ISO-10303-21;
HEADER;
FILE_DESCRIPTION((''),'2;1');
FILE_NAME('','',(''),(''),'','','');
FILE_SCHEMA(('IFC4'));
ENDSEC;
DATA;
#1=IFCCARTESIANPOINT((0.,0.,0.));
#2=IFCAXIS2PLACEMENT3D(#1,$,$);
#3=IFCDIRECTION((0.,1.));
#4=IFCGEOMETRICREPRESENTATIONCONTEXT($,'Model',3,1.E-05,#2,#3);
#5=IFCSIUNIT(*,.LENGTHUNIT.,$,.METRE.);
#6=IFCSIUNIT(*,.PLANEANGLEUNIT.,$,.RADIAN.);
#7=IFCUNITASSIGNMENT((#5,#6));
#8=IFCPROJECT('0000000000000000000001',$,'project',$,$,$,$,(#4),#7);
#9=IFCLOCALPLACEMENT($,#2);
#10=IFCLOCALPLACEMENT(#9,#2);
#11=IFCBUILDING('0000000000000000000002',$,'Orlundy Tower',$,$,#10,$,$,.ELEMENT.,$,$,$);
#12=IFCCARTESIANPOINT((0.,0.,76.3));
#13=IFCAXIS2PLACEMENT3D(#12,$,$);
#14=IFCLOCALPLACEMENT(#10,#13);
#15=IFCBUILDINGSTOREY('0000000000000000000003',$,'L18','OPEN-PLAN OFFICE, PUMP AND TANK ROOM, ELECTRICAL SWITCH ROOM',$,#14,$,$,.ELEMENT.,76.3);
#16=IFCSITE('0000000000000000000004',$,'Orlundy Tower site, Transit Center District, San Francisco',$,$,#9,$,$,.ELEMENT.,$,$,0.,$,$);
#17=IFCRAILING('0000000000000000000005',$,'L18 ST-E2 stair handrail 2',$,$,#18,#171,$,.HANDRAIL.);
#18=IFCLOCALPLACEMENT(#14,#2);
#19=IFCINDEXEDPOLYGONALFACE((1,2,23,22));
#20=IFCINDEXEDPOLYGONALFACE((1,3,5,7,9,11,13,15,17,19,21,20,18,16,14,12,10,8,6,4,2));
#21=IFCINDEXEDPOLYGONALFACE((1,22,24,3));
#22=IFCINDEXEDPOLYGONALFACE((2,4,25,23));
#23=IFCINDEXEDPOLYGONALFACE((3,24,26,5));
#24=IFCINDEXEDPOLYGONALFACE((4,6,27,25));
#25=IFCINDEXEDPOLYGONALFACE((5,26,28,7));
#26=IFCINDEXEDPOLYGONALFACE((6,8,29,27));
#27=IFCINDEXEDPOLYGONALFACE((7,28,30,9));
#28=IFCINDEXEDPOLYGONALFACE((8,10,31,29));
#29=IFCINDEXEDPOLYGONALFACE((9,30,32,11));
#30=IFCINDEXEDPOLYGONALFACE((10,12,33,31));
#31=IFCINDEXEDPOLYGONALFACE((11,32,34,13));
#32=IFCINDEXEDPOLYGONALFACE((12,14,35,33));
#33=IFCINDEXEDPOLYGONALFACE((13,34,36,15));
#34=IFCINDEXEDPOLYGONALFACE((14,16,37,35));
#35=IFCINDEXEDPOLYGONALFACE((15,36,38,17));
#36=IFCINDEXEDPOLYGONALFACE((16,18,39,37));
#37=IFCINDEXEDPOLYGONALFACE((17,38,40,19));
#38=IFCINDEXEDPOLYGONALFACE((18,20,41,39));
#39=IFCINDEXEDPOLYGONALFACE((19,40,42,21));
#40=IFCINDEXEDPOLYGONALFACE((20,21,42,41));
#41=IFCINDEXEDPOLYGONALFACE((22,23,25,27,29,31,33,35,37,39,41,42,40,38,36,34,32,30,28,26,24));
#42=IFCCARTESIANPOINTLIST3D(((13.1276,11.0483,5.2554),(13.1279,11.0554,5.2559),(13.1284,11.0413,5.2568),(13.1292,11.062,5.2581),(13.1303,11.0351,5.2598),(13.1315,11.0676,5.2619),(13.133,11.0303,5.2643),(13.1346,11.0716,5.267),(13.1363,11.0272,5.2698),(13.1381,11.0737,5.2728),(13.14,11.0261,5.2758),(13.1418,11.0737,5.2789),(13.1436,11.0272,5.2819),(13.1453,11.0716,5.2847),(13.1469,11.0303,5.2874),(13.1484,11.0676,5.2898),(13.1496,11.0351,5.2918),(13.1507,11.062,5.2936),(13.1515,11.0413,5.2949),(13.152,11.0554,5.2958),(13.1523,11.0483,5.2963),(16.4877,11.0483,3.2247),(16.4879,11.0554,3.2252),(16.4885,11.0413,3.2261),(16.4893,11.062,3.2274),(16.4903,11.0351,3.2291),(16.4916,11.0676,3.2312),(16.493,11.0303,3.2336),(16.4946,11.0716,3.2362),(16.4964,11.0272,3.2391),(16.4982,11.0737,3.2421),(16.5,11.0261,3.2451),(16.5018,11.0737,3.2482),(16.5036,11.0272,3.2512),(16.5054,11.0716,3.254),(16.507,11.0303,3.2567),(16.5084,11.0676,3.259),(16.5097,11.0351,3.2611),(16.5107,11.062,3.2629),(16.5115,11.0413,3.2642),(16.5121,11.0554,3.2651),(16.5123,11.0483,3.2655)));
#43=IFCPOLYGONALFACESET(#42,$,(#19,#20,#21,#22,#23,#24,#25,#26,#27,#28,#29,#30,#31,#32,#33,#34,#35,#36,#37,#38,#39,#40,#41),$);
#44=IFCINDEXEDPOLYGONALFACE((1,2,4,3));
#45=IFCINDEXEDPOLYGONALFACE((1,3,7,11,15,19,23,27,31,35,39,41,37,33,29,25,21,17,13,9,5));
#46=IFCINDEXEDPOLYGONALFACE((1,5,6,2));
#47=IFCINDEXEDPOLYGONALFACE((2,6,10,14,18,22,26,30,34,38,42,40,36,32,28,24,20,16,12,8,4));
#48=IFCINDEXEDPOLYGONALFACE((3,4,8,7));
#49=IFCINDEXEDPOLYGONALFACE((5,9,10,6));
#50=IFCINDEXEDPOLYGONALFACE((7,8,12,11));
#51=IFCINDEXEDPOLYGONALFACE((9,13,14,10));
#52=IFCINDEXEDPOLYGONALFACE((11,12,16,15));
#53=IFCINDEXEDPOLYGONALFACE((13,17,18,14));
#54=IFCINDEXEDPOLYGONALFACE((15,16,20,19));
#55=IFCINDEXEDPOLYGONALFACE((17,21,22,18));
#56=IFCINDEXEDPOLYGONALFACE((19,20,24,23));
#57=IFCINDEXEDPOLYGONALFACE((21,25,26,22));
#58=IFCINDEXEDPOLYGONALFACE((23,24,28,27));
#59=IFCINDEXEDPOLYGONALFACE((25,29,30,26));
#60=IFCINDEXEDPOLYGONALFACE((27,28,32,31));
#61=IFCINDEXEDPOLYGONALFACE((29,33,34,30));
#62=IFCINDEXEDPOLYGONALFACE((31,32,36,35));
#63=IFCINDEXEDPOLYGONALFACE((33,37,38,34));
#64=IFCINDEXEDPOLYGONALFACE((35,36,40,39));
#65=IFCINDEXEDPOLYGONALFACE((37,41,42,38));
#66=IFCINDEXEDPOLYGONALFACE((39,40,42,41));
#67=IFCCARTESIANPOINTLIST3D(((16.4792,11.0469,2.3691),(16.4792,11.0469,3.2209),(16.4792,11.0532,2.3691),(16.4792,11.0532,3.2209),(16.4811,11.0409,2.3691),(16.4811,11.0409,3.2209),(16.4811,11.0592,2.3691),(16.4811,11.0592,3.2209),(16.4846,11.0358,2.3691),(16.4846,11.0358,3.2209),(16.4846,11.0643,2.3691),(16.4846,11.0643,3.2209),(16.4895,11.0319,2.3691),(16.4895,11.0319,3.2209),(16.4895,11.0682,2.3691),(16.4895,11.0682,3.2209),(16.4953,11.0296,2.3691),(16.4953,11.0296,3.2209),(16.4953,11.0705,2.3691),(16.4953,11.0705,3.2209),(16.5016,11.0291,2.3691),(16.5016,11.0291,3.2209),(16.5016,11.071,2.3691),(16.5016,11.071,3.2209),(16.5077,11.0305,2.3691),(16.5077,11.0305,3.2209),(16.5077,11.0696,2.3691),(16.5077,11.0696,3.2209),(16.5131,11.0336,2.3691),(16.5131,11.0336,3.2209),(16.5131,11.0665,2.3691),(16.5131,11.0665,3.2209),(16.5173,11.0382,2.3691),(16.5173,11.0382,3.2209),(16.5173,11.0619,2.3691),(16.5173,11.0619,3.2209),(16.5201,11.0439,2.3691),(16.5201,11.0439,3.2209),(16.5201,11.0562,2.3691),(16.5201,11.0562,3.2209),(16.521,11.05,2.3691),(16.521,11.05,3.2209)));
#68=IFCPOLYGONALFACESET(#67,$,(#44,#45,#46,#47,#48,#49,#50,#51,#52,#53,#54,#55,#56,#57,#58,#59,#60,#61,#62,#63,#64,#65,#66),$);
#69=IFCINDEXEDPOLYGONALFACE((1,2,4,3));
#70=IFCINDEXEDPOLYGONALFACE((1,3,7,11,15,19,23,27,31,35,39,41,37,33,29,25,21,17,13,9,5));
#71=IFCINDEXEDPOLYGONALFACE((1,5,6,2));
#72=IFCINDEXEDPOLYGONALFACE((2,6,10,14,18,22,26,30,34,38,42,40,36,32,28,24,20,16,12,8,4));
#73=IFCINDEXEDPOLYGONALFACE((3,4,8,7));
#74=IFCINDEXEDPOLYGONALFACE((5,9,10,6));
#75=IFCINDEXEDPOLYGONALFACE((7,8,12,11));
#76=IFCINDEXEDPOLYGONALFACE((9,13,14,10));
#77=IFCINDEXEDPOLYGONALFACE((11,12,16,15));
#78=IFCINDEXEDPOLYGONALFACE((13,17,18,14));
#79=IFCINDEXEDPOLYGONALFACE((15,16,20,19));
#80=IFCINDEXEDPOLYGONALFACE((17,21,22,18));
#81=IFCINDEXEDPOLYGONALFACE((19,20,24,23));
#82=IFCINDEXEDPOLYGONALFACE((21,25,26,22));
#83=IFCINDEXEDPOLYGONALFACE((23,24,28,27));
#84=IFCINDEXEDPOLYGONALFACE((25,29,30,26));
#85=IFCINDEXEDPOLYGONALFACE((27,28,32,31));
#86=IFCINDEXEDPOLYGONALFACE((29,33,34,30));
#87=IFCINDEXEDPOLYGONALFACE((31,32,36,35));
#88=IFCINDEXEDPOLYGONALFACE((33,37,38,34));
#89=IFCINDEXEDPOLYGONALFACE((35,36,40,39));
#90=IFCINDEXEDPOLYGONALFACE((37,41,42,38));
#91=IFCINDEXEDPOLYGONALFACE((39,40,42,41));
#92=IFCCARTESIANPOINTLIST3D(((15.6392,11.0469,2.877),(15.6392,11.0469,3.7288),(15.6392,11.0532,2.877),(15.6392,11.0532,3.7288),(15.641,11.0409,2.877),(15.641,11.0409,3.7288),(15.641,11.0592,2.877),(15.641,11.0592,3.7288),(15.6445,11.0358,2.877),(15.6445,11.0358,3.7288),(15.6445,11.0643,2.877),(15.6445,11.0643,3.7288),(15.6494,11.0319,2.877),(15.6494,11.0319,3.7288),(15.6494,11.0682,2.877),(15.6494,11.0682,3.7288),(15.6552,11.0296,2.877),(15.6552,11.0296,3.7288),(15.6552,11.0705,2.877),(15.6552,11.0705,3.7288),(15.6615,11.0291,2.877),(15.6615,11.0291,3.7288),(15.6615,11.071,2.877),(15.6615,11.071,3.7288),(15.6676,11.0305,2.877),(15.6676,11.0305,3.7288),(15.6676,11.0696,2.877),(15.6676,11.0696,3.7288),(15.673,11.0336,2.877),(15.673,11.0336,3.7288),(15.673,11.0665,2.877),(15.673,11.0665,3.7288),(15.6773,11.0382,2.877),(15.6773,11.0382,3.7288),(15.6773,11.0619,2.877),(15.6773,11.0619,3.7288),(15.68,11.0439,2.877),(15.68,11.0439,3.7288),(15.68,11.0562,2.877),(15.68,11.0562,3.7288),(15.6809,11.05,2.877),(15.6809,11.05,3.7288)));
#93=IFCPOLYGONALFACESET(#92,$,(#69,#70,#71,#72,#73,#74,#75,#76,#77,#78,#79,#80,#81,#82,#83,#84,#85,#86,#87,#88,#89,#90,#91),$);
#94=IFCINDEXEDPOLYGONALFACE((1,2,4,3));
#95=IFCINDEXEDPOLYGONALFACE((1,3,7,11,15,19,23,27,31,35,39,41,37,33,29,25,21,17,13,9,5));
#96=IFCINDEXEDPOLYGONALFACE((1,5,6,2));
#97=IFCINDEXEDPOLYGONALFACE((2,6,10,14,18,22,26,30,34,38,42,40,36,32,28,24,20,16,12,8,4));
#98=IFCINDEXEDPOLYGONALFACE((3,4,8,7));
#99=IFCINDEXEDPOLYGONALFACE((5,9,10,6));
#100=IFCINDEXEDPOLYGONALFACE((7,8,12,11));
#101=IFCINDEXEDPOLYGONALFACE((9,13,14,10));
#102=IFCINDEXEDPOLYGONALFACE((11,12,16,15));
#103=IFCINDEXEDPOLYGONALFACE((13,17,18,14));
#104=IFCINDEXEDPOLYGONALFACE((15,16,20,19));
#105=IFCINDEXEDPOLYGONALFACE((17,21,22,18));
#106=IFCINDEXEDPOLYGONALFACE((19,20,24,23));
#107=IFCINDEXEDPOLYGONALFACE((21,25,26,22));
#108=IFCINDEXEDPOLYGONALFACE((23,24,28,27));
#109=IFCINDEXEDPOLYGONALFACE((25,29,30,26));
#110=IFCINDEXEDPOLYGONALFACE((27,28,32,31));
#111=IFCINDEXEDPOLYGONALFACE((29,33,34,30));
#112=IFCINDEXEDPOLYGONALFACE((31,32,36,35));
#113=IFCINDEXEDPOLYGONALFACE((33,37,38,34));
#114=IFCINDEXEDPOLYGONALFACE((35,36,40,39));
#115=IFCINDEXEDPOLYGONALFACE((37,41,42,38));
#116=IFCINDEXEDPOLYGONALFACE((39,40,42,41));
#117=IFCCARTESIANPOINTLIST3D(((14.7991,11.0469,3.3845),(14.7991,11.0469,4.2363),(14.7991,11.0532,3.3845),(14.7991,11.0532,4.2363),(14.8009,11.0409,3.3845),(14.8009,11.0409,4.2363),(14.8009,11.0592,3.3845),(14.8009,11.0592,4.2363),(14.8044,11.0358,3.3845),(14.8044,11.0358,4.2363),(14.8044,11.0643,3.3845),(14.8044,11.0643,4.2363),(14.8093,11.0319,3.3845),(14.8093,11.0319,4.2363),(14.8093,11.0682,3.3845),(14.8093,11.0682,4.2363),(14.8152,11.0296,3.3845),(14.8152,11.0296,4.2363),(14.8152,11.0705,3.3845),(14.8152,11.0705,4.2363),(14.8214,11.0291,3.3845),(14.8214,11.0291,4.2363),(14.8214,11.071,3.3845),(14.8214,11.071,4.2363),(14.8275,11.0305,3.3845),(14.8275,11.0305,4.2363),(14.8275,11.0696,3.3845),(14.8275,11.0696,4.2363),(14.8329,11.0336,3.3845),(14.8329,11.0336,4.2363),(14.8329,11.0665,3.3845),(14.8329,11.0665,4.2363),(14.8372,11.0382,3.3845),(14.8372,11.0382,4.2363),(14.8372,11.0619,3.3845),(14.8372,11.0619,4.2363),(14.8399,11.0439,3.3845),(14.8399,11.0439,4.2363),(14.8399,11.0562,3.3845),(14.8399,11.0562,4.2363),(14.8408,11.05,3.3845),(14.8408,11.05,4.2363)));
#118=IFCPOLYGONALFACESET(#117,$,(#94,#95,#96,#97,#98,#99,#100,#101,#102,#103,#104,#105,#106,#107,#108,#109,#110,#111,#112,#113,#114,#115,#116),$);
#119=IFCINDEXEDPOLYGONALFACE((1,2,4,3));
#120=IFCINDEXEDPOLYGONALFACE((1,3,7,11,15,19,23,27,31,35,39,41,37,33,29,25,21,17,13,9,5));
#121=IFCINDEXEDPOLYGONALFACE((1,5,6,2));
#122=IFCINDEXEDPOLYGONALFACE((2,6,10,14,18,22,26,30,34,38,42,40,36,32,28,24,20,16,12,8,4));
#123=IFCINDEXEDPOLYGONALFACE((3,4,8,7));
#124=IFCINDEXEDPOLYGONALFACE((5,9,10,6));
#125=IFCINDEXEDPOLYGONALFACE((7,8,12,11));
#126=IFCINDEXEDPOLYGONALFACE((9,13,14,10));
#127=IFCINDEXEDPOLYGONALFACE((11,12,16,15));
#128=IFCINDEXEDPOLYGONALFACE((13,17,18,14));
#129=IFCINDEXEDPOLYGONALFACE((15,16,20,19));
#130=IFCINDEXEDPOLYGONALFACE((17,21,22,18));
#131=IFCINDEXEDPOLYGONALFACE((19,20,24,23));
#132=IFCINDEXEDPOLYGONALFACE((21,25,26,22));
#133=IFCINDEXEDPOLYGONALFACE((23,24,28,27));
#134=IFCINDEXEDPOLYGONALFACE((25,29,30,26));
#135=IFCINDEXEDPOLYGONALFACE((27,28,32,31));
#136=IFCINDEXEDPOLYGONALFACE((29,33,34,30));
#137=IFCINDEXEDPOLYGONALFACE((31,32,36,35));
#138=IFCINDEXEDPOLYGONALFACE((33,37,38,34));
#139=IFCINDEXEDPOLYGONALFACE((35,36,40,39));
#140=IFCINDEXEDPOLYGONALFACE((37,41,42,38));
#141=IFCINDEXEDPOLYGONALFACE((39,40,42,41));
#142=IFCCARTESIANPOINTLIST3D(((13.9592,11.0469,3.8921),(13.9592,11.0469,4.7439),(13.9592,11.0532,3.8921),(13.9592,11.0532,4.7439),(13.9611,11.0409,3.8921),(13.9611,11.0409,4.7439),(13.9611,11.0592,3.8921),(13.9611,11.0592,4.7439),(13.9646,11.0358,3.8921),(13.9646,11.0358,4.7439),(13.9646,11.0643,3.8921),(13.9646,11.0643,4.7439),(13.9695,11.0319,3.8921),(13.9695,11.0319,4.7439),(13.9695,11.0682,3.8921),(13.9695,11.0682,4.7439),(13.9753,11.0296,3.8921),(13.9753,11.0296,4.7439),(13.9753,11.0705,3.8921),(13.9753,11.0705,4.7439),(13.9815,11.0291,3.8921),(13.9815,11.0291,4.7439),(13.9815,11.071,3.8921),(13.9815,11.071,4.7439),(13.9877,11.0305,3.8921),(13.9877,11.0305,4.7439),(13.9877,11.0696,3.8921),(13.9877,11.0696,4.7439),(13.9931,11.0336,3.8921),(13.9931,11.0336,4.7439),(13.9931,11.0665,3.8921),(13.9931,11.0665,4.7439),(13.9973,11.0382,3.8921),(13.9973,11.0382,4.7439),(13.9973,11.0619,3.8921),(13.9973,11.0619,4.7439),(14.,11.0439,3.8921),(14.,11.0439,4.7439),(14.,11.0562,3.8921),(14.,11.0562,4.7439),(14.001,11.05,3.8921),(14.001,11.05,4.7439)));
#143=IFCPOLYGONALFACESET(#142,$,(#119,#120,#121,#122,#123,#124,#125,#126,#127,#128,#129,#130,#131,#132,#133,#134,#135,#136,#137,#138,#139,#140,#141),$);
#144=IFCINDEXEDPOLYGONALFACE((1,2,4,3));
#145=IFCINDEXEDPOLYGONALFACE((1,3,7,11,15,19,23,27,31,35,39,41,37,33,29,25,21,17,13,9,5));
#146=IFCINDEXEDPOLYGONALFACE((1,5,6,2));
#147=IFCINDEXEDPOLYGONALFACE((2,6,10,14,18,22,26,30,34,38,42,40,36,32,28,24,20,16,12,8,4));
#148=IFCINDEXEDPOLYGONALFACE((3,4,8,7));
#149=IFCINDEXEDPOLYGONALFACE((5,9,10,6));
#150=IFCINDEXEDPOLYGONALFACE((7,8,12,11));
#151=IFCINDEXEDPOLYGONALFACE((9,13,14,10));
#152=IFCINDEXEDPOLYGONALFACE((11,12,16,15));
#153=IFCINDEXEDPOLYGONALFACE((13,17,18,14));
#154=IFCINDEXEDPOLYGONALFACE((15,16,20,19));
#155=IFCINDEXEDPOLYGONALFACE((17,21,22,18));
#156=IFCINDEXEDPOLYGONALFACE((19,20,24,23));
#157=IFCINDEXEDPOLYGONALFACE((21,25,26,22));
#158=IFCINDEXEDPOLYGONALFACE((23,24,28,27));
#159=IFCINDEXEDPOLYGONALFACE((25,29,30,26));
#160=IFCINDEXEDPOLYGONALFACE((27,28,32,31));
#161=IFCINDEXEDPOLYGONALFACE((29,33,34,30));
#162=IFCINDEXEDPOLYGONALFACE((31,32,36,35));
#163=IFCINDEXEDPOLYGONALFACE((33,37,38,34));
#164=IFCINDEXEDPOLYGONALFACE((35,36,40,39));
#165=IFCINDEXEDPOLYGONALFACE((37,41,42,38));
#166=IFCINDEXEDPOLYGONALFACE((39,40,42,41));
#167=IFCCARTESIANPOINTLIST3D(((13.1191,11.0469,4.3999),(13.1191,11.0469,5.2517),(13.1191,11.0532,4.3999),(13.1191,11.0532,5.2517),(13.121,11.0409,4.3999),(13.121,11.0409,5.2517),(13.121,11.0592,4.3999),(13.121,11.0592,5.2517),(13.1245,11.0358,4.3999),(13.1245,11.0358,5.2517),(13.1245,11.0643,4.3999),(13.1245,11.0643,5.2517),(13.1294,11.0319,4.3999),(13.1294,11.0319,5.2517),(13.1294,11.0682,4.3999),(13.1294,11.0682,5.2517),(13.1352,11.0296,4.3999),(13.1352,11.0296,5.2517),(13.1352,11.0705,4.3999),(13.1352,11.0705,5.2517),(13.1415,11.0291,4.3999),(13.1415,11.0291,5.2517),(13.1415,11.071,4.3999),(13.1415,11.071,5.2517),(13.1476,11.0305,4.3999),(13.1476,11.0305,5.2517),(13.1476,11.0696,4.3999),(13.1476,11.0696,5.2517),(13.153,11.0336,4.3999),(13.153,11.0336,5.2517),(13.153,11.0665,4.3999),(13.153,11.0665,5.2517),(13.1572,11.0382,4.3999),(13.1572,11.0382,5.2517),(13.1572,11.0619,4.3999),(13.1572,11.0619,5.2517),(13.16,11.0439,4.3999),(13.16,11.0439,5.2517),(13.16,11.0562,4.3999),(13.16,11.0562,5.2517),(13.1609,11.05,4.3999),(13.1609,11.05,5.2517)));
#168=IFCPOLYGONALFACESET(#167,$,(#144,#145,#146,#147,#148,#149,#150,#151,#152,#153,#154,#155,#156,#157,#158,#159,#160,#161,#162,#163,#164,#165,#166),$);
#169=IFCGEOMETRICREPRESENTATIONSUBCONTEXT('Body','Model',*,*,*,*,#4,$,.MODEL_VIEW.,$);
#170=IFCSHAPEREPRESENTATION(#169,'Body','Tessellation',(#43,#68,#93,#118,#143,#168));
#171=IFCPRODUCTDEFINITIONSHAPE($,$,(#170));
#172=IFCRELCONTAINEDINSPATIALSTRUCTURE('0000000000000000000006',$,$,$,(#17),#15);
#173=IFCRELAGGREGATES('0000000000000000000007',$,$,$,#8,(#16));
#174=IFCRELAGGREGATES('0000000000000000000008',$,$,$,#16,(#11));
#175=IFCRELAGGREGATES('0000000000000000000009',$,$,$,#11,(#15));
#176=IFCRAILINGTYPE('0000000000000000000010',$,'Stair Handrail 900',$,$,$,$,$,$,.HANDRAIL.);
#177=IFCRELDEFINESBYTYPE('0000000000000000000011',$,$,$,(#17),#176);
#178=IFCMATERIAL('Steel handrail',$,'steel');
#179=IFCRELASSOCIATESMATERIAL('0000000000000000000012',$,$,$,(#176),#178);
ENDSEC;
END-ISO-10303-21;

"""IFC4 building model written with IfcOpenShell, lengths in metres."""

from ifc_helpers import new_model, si_unit, direction, frame, origin, origin_2d, place, context, subcontext, project, spatial, circle, extrude, material, type_object, element, save


model = new_model("IFC4")

# Units and contexts
model_context = context("Model", 3, precision=1e-05, world=origin(), true_north=direction((0.0, 1.0)))
body_context = subcontext(model_context, "Body", "Model", "MODEL_VIEW")
ifc_project = project(units=[si_unit("LENGTHUNIT", "METRE"), si_unit("PLANEANGLEUNIT", "RADIAN")], contexts=[model_context])

# Site, building, storey
site_placement = place(None, origin())
site = spatial("IfcSite", under=ifc_project, at=site_placement, Name="Orlundy Tower site, Transit Center District, San Francisco", CompositionType="ELEMENT", RefElevation=0.0)
building_placement = place(site_placement, origin())
building = spatial("IfcBuilding", under=site, at=building_placement, Name="Orlundy Tower", CompositionType="ELEMENT")
storey_placement = place(building_placement, frame((0.0, 0.0, 76.3)))
storey = spatial("IfcBuildingStorey", under=building, at=storey_placement, Name="L18", Description="OPEN-PLAN OFFICE, PUMP AND TANK ROOM, ELECTRICAL SWITCH ROOM", CompositionType="ELEMENT", Elevation=76.3)

# Railing
ifc_material_1 = material(Name="Steel handrail", Category="steel")
railing_type = type_object("IfcRailingType", Name="Stair Handrail 900", PredefinedType="HANDRAIL", material=ifc_material_1)
railing_placement = place(storey_placement, frame((16.5, 11.05, 2.3691)))
element("IfcRailing", 1, at=railing_placement, inside=storey, type_object=railing_type, Name="L18 ST-E2 stair handrail 2", PredefinedType="HANDRAIL", context=body_context, shape_type="SweptSolid", body=[
    extrude(circle(Radius=0.0239, at=origin_2d()), frame((0.0, 0.0, 0.876), z_axis=(-0.855837, 0.0, 0.517246), x_axis=(0.0, -1.0, 0.0)), (0.0, 0.0, 1.0), 3.926),
    extrude(circle(Radius=0.021, at=origin_2d()), origin(), (0.0, 0.0, 1.0), 0.8518),
    extrude(circle(Radius=0.021, at=origin_2d()), frame((-0.8401, 0.0, 0.5078)), (0.0, 0.0, 1.0), 0.8518),
    extrude(circle(Radius=0.021, at=origin_2d()), frame((-1.6802, 0.0, 1.0154)), (0.0, 0.0, 1.0), 0.8518),
    extrude(circle(Radius=0.021, at=origin_2d()), frame((-2.52, 0.0, 1.5229)), (0.0, 0.0, 1.0), 0.8518),
    extrude(circle(Radius=0.021, at=origin_2d()), frame((-3.3601, 0.0, 2.0308)), (0.0, 0.0, 1.0), 0.8518),
])

save(model, "model.ifc")
